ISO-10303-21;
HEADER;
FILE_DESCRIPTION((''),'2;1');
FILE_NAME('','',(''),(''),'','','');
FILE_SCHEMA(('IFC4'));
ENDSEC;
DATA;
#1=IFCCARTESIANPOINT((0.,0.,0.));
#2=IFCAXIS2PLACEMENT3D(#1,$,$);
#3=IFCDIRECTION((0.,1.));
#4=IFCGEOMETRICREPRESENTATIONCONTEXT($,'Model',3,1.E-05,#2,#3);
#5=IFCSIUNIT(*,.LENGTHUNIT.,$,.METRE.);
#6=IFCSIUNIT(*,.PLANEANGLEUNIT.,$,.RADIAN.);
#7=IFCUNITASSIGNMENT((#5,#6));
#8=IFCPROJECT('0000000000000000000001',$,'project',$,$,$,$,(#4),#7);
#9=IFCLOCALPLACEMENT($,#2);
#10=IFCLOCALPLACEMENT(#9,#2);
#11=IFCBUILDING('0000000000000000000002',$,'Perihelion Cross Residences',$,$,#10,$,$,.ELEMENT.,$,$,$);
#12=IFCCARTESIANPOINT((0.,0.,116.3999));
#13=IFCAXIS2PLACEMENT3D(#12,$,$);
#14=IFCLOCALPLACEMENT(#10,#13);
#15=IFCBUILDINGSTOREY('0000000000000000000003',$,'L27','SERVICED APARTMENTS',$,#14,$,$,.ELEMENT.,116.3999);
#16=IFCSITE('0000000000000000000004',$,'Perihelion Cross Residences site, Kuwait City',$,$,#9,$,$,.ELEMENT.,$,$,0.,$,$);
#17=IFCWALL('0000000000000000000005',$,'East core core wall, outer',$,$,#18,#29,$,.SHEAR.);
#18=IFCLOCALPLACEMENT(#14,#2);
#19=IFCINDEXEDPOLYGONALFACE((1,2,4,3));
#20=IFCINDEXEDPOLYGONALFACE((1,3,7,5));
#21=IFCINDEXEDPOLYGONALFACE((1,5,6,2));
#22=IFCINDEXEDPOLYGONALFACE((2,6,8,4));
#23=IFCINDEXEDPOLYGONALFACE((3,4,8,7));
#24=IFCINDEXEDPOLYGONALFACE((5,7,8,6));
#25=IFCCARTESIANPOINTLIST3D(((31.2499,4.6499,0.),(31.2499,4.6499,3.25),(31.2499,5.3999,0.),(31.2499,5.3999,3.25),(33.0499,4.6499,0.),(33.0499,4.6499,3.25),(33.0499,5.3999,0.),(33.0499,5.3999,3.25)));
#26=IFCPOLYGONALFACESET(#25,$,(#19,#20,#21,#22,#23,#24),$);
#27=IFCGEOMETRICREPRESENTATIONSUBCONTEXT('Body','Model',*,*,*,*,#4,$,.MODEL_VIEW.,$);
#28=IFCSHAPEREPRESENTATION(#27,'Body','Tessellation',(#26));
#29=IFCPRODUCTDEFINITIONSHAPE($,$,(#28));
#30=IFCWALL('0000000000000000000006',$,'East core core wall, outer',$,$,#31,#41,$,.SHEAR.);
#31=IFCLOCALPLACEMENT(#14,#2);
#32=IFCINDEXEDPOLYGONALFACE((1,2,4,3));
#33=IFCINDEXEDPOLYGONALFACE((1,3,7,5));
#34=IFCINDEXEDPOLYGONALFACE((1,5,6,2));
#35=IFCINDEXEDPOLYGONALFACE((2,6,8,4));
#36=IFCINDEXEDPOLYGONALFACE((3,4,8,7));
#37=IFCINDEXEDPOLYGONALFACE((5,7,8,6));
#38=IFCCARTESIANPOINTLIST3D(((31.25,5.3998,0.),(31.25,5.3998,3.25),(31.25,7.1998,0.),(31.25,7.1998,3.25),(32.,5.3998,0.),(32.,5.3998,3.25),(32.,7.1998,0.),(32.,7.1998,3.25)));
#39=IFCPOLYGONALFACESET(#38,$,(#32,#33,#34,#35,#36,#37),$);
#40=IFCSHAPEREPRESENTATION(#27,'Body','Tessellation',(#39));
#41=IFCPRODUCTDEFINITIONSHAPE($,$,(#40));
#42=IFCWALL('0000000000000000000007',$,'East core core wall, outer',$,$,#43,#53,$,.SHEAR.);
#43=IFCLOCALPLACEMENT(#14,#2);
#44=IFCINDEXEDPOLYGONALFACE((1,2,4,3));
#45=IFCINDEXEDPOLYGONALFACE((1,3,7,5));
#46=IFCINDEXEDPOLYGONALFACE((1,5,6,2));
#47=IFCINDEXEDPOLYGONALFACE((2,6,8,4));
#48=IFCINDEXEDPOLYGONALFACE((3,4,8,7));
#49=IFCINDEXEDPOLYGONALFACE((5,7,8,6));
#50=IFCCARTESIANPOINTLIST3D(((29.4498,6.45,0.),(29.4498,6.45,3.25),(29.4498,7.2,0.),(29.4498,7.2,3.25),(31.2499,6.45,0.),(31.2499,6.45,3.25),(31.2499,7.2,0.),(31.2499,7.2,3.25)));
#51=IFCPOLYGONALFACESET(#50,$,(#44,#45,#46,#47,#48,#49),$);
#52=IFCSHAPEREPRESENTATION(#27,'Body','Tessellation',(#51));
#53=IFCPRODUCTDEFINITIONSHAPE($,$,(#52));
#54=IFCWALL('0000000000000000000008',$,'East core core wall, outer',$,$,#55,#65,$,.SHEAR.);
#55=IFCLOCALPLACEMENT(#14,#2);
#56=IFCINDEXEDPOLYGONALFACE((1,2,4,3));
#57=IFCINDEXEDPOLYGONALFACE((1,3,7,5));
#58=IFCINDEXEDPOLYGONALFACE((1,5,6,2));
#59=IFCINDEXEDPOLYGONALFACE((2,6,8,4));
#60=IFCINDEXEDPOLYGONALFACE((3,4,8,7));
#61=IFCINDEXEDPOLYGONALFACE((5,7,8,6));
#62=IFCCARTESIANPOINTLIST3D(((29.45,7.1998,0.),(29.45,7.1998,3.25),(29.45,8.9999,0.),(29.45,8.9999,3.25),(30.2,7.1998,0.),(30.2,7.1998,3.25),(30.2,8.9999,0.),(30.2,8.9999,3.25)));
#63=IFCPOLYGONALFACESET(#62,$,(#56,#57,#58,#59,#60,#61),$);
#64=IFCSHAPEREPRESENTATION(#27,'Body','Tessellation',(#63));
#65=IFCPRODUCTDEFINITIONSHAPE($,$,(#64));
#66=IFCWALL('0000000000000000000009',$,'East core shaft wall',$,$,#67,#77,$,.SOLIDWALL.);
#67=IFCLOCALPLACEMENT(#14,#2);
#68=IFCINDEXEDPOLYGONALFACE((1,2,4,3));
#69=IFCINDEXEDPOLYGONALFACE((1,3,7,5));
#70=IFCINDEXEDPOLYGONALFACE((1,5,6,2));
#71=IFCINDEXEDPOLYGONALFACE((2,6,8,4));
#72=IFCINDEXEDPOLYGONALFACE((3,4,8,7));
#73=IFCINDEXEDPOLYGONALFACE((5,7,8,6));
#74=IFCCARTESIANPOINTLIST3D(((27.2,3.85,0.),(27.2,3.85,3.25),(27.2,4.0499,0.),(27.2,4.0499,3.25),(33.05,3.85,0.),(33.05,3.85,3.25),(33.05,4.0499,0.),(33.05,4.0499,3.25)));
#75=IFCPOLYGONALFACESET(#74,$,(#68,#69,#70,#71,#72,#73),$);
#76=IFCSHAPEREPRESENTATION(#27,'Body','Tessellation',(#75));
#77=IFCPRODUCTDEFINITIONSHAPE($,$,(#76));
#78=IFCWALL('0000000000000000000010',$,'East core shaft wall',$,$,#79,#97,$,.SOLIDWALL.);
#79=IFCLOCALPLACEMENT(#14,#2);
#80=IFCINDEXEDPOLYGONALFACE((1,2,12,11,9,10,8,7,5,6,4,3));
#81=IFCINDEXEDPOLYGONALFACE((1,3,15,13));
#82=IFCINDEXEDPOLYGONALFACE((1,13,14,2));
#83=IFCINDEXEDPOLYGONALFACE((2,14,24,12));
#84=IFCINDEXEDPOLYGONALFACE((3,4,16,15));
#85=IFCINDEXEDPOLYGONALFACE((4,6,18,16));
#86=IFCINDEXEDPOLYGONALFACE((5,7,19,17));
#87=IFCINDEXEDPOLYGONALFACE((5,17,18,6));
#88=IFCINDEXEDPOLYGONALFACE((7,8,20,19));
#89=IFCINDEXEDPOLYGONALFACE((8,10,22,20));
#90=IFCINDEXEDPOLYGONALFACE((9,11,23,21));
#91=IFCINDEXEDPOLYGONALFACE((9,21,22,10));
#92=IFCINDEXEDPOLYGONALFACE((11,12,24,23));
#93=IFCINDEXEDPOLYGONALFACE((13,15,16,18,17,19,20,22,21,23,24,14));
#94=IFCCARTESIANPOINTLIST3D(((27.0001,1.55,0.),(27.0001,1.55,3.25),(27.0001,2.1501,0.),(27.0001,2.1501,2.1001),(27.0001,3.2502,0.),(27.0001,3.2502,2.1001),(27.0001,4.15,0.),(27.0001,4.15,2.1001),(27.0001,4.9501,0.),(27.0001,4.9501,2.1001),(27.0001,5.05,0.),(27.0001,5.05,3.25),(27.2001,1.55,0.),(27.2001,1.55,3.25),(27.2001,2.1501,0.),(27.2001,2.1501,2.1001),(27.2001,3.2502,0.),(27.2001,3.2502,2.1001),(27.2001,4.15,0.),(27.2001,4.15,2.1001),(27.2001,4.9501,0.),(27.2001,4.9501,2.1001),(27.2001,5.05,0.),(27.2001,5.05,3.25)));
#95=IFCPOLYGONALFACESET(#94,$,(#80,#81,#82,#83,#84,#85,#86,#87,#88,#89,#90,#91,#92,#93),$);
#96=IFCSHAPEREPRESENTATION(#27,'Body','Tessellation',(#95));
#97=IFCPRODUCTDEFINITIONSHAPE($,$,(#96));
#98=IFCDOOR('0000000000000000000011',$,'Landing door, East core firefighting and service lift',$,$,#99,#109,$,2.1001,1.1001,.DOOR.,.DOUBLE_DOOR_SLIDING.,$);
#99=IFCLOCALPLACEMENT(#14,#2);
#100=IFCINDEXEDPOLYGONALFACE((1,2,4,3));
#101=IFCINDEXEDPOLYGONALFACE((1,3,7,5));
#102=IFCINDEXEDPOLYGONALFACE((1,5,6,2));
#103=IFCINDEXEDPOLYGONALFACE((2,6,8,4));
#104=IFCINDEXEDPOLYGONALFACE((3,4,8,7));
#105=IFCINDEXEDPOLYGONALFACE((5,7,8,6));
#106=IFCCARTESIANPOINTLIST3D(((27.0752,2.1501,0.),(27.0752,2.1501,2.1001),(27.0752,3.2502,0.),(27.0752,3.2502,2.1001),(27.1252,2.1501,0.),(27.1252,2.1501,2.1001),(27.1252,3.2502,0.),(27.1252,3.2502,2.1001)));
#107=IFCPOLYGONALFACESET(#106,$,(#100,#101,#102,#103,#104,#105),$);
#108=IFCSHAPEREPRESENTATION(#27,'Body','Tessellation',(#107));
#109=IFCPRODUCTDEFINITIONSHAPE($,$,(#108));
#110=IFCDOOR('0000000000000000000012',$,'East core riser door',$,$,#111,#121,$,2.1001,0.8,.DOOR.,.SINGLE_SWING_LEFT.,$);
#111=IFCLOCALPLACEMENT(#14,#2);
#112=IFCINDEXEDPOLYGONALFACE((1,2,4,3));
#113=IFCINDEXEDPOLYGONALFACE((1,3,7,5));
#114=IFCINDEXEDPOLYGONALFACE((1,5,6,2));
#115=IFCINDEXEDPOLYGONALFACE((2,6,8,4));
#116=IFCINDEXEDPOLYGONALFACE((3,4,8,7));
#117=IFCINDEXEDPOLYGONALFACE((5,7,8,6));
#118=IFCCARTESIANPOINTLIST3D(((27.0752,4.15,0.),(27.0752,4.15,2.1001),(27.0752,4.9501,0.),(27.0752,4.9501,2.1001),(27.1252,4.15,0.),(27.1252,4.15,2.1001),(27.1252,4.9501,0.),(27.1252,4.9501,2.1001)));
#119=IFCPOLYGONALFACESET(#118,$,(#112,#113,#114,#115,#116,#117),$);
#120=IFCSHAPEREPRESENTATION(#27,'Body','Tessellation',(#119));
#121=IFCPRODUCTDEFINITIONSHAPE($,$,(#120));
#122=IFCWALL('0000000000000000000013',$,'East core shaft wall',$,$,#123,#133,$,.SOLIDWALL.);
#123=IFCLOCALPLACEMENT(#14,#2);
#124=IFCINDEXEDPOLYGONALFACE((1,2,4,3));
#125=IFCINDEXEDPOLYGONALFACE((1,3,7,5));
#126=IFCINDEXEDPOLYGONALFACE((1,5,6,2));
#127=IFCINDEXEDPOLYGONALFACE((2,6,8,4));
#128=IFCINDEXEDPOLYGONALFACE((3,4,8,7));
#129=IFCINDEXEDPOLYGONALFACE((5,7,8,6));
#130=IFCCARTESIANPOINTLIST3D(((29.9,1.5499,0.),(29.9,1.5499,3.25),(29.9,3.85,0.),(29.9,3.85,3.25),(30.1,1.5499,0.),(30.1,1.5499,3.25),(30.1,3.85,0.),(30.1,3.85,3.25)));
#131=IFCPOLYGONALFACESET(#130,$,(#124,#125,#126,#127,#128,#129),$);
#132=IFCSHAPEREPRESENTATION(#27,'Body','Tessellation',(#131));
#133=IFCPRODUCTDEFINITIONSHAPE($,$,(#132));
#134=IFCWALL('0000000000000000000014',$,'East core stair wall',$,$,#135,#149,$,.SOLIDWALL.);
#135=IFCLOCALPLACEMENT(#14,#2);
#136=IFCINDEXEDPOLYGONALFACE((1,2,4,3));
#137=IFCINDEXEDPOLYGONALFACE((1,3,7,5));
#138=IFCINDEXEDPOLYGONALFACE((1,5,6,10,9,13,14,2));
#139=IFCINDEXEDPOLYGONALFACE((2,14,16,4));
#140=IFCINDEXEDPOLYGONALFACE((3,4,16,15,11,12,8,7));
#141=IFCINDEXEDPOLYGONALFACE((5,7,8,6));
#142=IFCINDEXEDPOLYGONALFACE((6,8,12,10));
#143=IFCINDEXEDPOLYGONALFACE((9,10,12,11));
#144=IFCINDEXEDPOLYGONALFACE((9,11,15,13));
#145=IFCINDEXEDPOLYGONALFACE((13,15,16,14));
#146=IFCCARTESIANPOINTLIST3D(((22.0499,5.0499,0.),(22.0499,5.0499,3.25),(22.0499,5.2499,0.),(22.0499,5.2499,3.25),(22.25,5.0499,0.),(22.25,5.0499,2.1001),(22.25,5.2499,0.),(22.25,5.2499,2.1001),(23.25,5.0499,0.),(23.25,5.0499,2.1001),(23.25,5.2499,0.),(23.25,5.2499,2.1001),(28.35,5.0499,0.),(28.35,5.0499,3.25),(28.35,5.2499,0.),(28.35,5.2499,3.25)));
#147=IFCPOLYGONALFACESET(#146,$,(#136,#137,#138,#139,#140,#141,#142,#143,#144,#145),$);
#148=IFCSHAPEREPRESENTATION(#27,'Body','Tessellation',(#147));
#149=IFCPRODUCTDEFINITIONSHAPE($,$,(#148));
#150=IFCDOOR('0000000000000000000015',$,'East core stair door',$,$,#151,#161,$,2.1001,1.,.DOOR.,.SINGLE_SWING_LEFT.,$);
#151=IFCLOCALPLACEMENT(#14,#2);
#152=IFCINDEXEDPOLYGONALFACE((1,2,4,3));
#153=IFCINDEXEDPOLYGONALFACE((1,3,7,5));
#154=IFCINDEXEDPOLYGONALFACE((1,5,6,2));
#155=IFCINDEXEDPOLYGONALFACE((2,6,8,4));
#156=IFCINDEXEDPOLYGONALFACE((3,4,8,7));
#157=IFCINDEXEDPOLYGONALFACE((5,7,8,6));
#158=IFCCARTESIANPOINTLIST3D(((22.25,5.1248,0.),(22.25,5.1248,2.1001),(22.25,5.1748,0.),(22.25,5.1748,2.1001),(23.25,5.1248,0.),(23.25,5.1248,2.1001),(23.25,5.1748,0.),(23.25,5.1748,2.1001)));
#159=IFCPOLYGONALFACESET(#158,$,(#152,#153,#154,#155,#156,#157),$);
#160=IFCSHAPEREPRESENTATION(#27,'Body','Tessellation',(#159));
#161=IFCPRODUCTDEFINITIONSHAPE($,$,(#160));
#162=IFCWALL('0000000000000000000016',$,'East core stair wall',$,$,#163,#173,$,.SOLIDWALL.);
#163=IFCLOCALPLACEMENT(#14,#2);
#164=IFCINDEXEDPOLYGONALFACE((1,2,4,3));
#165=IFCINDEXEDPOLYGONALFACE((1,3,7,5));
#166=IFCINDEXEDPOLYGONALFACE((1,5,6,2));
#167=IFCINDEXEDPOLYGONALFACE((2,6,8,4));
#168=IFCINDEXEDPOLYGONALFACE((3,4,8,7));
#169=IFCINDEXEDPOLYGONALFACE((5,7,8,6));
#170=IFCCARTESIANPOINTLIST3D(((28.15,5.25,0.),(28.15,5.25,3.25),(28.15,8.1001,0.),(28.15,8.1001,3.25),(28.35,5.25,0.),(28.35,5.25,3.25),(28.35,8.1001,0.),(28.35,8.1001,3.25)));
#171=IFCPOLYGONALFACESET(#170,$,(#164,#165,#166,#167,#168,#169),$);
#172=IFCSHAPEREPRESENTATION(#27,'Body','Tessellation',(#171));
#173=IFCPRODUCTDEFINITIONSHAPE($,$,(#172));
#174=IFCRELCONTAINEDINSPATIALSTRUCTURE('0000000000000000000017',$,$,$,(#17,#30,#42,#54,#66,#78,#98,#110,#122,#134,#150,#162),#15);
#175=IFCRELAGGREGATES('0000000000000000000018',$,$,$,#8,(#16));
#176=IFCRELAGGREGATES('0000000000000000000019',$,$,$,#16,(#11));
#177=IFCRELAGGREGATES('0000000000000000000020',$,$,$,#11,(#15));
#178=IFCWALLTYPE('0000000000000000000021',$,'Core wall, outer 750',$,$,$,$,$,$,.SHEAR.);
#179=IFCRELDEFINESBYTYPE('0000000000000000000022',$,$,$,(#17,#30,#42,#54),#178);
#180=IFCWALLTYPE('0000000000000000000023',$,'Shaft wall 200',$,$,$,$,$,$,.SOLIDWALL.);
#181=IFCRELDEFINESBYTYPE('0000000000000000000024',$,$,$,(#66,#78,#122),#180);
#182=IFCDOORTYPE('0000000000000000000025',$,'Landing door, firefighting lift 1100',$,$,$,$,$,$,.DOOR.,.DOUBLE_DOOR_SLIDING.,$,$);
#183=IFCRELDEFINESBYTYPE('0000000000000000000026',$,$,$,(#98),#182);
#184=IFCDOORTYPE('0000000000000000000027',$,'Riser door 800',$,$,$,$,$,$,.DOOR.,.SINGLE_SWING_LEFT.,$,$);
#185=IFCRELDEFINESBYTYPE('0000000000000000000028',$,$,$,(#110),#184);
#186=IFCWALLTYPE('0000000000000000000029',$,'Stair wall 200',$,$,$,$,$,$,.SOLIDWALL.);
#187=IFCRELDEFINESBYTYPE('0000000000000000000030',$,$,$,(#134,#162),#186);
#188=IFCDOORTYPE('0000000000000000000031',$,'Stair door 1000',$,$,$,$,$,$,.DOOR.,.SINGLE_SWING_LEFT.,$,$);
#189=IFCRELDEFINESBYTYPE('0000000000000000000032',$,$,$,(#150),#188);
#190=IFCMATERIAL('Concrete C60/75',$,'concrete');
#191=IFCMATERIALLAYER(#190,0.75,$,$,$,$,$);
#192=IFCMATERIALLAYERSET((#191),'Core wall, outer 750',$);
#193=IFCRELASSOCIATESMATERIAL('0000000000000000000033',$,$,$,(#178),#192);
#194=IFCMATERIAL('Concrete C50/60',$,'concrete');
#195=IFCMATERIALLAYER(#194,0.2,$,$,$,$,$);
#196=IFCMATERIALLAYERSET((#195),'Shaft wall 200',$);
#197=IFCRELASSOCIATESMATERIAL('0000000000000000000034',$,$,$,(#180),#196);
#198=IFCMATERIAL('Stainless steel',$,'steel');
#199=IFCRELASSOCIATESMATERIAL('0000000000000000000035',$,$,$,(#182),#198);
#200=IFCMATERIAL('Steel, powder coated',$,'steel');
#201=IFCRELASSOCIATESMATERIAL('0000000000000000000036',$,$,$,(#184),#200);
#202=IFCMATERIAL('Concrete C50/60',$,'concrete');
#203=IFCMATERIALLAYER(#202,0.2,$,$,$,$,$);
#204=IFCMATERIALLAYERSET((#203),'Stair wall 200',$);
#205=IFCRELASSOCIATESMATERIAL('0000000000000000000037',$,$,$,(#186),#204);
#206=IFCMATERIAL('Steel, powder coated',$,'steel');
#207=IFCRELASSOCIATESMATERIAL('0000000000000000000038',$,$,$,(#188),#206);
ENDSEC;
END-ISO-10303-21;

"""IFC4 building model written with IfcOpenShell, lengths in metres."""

from ifc_helpers import new_model, si_unit, direction, frame, frame_2d, origin, place, context, subcontext, project, spatial, rectangle, extrude, material, layer, layer_set, type_object, element, fill, save


model = new_model("IFC4")

# Units and contexts
model_context = context("Model", 3, precision=1e-05, world=origin(), true_north=direction((0.0, 1.0)))
body_context = subcontext(model_context, "Body", "Model", "MODEL_VIEW")
ifc_project = project(units=[si_unit("LENGTHUNIT", "METRE"), si_unit("PLANEANGLEUNIT", "RADIAN")], contexts=[model_context])

# Site, building, storey
site_placement = place(None, origin())
site = spatial("IfcSite", under=ifc_project, at=site_placement, Name="Perihelion Cross Residences site, Kuwait City", CompositionType="ELEMENT", RefElevation=0.0)
building_placement = place(site_placement, origin())
building = spatial("IfcBuilding", under=site, at=building_placement, Name="Perihelion Cross Residences", CompositionType="ELEMENT")
storey_placement = place(building_placement, frame((0.0, 0.0, 116.3999)))
storey = spatial("IfcBuildingStorey", under=building, at=storey_placement, Name="L27", Description="SERVICED APARTMENTS", CompositionType="ELEMENT", Elevation=116.3999)

# Walls
ifc_material_1 = material(Name="Concrete C60/75", Category="concrete")
ifc_layer_1 = layer(ifc_material_1, 0.75)
ifc_layer_set_1 = layer_set([ifc_layer_1], Name="Core wall, outer 750")
wall_type_1 = type_object("IfcWallType", Name="Core wall, outer 750", PredefinedType="SHEAR", material=ifc_layer_set_1)
for number, where, z_axis, x_axis, name in (
    (1, (31.25, 5.0249, 0.0), (0.0, 0.0, 1.0), (1.0, 0.0, 0.0), "East core core wall, outer"),
    (2, (31.625, 5.3999, 0.0), (0.0, 0.0, 1.0), (0.0, 1.0, 0.0), "East core core wall, outer"),
    (3, (29.45, 6.825, 0.0), (0.0, 0.0, 1.0), (1.0, 0.0, 0.0), "East core core wall, outer"),
    (4, (29.825, 7.2, 0.0), (0.0, 0.0, 1.0), (0.0, 1.0, 0.0), "East core core wall, outer"),
):
    element("IfcWall", number, at=place(storey_placement, frame(where, z_axis=z_axis, x_axis=x_axis)), inside=storey, type_object=wall_type_1, Name=name, PredefinedType="SHEAR", context=body_context, shape_type="SweptSolid", body=[
        extrude(rectangle(XDim=1.8, YDim=0.75, at=frame_2d((0.8999, 0.0))), origin(), (0.0, 0.0, 1.0), 3.25),
    ])
ifc_material_2 = material(Name="Concrete C50/60", Category="concrete")
ifc_layer_2 = layer(ifc_material_2, 0.2)
ifc_layer_set_2 = layer_set([ifc_layer_2], Name="Shaft wall 200")
wall_type_2 = type_object("IfcWallType", Name="Shaft wall 200", PredefinedType="SOLIDWALL", material=ifc_layer_set_2)
wall_1_placement = place(storey_placement, frame((27.2, 3.95, 0.0), z_axis=(0.0, 0.0, 1.0), x_axis=(1.0, 0.0, 0.0)))
element("IfcWall", 5, at=wall_1_placement, inside=storey, type_object=wall_type_2, Name="East core shaft wall", PredefinedType="SOLIDWALL", context=body_context, shape_type="SweptSolid", body=[
    extrude(rectangle(XDim=5.8501, YDim=0.2, at=frame_2d((2.925, 0.0))), origin(), (0.0, 0.0, 1.0), 3.25),
])

# Wall, openings, doors
wall_2_placement = place(storey_placement, frame((27.1001, 1.55, 0.0), z_axis=(0.0, 0.0, 1.0), x_axis=(0.0, 1.0, 0.0)))
wall_2 = element("IfcWall", 6, at=wall_2_placement, inside=storey, type_object=wall_type_2, Name="East core shaft wall", PredefinedType="SOLIDWALL", context=body_context, shape_type="SweptSolid", body=[
    extrude(rectangle(XDim=3.5, YDim=0.2, at=frame_2d((1.75, 0.0))), origin(), (0.0, 0.0, 1.0), 3.25),
])
opening_1_placement = place(wall_2_placement, frame((0.6001, 0.0, 0.0)))
opening_1 = element("IfcOpeningElement", 7, at=opening_1_placement, cuts=wall_2, PredefinedType="OPENING", context=body_context, shape_type="SweptSolid", body=[
    extrude(rectangle(XDim=1.1001, YDim=2.1001, at=frame_2d((0.55, 1.05))), frame((0.0, 0.1099, 0.0), z_axis=(0.0, -1.0, 0.0), x_axis=(1.0, 0.0, 0.0)), (0.0, 0.0, 1.0), 0.22),
])
opening_2_placement = place(wall_2_placement, frame((2.6001, 0.0, 0.0)))
opening_2 = element("IfcOpeningElement", 8, at=opening_2_placement, cuts=wall_2, PredefinedType="OPENING", context=body_context, shape_type="SweptSolid", body=[
    extrude(rectangle(XDim=0.8, YDim=2.1001, at=frame_2d((0.3999, 1.05))), frame((0.0, 0.1099, 0.0), z_axis=(0.0, -1.0, 0.0), x_axis=(1.0, 0.0, 0.0)), (0.0, 0.0, 1.0), 0.22),
])
ifc_material_3 = material(Name="Stainless steel", Category="steel")
door_type_1 = type_object("IfcDoorType", Name="Landing door, firefighting lift 1100", OperationType="DOUBLE_DOOR_SLIDING", PredefinedType="DOOR", material=ifc_material_3)
door_1_placement = place(opening_1_placement, origin())
door_1 = element("IfcDoor", 9, at=door_1_placement, inside=storey, type_object=door_type_1, Name="Landing door, East core firefighting and service lift", OperationType="DOUBLE_DOOR_SLIDING", OverallHeight=2.1001, OverallWidth=1.1001, PredefinedType="DOOR", context=body_context, shape_type="SweptSolid", body=[
    extrude(rectangle(XDim=1.1001, YDim=2.1001, at=frame_2d((0.55, 1.05))), frame((0.0, 0.0249, 0.0), z_axis=(0.0, -1.0, 0.0), x_axis=(1.0, 0.0, 0.0)), (0.0, 0.0, 1.0), 0.05),
])
fill(opening_1, door_1)
ifc_material_4 = material(Name="Steel, powder coated", Category="steel")
door_type_2 = type_object("IfcDoorType", Name="Riser door 800", OperationType="SINGLE_SWING_LEFT", PredefinedType="DOOR", material=ifc_material_4)
door_2_placement = place(opening_2_placement, origin())
door_2 = element("IfcDoor", 10, at=door_2_placement, inside=storey, type_object=door_type_2, Name="East core riser door", OperationType="SINGLE_SWING_LEFT", OverallHeight=2.1001, OverallWidth=0.8, PredefinedType="DOOR", context=body_context, shape_type="SweptSolid", body=[
    extrude(rectangle(XDim=0.8, YDim=2.1001, at=frame_2d((0.3999, 1.05))), frame((0.0, 0.0249, 0.0), z_axis=(0.0, -1.0, 0.0), x_axis=(1.0, 0.0, 0.0)), (0.0, 0.0, 1.0), 0.05),
])
fill(opening_2, door_2)

# Wall
wall_3_placement = place(storey_placement, frame((30.0, 1.55, 0.0), z_axis=(0.0, 0.0, 1.0), x_axis=(0.0, 1.0, 0.0)))
element("IfcWall", 11, at=wall_3_placement, inside=storey, type_object=wall_type_2, Name="East core shaft wall", PredefinedType="SOLIDWALL", context=body_context, shape_type="SweptSolid", body=[
    extrude(rectangle(XDim=2.3, YDim=0.2, at=frame_2d((1.1499, 0.0))), origin(), (0.0, 0.0, 1.0), 3.25),
])

# Wall, opening, door
ifc_material_5 = material(Name="Concrete C50/60", Category="concrete")
ifc_layer_3 = layer(ifc_material_5, 0.2)
ifc_layer_set_3 = layer_set([ifc_layer_3], Name="Stair wall 200")
wall_type_3 = type_object("IfcWallType", Name="Stair wall 200", PredefinedType="SOLIDWALL", material=ifc_layer_set_3)
wall_4_placement = place(storey_placement, frame((22.05, 5.1499, 0.0), z_axis=(0.0, 0.0, 1.0), x_axis=(1.0, 0.0, 0.0)))
wall_4 = element("IfcWall", 12, at=wall_4_placement, inside=storey, type_object=wall_type_3, Name="East core stair wall", PredefinedType="SOLIDWALL", context=body_context, shape_type="SweptSolid", body=[
    extrude(rectangle(XDim=6.3, YDim=0.2, at=frame_2d((3.1499, 0.0))), origin(), (0.0, 0.0, 1.0), 3.25),
])
opening_3_placement = place(wall_4_placement, frame((0.2, 0.0, 0.0)))
opening_3 = element("IfcOpeningElement", 13, at=opening_3_placement, cuts=wall_4, PredefinedType="OPENING", context=body_context, shape_type="SweptSolid", body=[
    extrude(rectangle(XDim=1.0, YDim=2.1001, at=frame_2d((0.5, 1.05))), frame((0.0, 0.1099, 0.0), z_axis=(0.0, -1.0, 0.0), x_axis=(1.0, 0.0, 0.0)), (0.0, 0.0, 1.0), 0.22),
])
ifc_material_6 = material(Name="Steel, powder coated", Category="steel")
door_type_3 = type_object("IfcDoorType", Name="Stair door 1000", OperationType="SINGLE_SWING_LEFT", PredefinedType="DOOR", material=ifc_material_6)
door_3_placement = place(opening_3_placement, origin())
door_3 = element("IfcDoor", 14, at=door_3_placement, inside=storey, type_object=door_type_3, Name="East core stair door", OperationType="SINGLE_SWING_LEFT", OverallHeight=2.1001, OverallWidth=1.0, PredefinedType="DOOR", context=body_context, shape_type="SweptSolid", body=[
    extrude(rectangle(XDim=1.0, YDim=2.1001, at=frame_2d((0.5, 1.05))), frame((0.0, 0.0249, 0.0), z_axis=(0.0, -1.0, 0.0), x_axis=(1.0, 0.0, 0.0)), (0.0, 0.0, 1.0), 0.05),
])
fill(opening_3, door_3)

# Wall
wall_5_placement = place(storey_placement, frame((28.25, 5.25, 0.0), z_axis=(0.0, 0.0, 1.0), x_axis=(0.0, 1.0, 0.0)))
element("IfcWall", 15, at=wall_5_placement, inside=storey, type_object=wall_type_3, Name="East core stair wall", PredefinedType="SOLIDWALL", context=body_context, shape_type="SweptSolid", body=[
    extrude(rectangle(XDim=2.8501, YDim=0.2, at=frame_2d((1.425, 0.0))), origin(), (0.0, 0.0, 1.0), 3.25),
])

save(model, "model.ifc")
